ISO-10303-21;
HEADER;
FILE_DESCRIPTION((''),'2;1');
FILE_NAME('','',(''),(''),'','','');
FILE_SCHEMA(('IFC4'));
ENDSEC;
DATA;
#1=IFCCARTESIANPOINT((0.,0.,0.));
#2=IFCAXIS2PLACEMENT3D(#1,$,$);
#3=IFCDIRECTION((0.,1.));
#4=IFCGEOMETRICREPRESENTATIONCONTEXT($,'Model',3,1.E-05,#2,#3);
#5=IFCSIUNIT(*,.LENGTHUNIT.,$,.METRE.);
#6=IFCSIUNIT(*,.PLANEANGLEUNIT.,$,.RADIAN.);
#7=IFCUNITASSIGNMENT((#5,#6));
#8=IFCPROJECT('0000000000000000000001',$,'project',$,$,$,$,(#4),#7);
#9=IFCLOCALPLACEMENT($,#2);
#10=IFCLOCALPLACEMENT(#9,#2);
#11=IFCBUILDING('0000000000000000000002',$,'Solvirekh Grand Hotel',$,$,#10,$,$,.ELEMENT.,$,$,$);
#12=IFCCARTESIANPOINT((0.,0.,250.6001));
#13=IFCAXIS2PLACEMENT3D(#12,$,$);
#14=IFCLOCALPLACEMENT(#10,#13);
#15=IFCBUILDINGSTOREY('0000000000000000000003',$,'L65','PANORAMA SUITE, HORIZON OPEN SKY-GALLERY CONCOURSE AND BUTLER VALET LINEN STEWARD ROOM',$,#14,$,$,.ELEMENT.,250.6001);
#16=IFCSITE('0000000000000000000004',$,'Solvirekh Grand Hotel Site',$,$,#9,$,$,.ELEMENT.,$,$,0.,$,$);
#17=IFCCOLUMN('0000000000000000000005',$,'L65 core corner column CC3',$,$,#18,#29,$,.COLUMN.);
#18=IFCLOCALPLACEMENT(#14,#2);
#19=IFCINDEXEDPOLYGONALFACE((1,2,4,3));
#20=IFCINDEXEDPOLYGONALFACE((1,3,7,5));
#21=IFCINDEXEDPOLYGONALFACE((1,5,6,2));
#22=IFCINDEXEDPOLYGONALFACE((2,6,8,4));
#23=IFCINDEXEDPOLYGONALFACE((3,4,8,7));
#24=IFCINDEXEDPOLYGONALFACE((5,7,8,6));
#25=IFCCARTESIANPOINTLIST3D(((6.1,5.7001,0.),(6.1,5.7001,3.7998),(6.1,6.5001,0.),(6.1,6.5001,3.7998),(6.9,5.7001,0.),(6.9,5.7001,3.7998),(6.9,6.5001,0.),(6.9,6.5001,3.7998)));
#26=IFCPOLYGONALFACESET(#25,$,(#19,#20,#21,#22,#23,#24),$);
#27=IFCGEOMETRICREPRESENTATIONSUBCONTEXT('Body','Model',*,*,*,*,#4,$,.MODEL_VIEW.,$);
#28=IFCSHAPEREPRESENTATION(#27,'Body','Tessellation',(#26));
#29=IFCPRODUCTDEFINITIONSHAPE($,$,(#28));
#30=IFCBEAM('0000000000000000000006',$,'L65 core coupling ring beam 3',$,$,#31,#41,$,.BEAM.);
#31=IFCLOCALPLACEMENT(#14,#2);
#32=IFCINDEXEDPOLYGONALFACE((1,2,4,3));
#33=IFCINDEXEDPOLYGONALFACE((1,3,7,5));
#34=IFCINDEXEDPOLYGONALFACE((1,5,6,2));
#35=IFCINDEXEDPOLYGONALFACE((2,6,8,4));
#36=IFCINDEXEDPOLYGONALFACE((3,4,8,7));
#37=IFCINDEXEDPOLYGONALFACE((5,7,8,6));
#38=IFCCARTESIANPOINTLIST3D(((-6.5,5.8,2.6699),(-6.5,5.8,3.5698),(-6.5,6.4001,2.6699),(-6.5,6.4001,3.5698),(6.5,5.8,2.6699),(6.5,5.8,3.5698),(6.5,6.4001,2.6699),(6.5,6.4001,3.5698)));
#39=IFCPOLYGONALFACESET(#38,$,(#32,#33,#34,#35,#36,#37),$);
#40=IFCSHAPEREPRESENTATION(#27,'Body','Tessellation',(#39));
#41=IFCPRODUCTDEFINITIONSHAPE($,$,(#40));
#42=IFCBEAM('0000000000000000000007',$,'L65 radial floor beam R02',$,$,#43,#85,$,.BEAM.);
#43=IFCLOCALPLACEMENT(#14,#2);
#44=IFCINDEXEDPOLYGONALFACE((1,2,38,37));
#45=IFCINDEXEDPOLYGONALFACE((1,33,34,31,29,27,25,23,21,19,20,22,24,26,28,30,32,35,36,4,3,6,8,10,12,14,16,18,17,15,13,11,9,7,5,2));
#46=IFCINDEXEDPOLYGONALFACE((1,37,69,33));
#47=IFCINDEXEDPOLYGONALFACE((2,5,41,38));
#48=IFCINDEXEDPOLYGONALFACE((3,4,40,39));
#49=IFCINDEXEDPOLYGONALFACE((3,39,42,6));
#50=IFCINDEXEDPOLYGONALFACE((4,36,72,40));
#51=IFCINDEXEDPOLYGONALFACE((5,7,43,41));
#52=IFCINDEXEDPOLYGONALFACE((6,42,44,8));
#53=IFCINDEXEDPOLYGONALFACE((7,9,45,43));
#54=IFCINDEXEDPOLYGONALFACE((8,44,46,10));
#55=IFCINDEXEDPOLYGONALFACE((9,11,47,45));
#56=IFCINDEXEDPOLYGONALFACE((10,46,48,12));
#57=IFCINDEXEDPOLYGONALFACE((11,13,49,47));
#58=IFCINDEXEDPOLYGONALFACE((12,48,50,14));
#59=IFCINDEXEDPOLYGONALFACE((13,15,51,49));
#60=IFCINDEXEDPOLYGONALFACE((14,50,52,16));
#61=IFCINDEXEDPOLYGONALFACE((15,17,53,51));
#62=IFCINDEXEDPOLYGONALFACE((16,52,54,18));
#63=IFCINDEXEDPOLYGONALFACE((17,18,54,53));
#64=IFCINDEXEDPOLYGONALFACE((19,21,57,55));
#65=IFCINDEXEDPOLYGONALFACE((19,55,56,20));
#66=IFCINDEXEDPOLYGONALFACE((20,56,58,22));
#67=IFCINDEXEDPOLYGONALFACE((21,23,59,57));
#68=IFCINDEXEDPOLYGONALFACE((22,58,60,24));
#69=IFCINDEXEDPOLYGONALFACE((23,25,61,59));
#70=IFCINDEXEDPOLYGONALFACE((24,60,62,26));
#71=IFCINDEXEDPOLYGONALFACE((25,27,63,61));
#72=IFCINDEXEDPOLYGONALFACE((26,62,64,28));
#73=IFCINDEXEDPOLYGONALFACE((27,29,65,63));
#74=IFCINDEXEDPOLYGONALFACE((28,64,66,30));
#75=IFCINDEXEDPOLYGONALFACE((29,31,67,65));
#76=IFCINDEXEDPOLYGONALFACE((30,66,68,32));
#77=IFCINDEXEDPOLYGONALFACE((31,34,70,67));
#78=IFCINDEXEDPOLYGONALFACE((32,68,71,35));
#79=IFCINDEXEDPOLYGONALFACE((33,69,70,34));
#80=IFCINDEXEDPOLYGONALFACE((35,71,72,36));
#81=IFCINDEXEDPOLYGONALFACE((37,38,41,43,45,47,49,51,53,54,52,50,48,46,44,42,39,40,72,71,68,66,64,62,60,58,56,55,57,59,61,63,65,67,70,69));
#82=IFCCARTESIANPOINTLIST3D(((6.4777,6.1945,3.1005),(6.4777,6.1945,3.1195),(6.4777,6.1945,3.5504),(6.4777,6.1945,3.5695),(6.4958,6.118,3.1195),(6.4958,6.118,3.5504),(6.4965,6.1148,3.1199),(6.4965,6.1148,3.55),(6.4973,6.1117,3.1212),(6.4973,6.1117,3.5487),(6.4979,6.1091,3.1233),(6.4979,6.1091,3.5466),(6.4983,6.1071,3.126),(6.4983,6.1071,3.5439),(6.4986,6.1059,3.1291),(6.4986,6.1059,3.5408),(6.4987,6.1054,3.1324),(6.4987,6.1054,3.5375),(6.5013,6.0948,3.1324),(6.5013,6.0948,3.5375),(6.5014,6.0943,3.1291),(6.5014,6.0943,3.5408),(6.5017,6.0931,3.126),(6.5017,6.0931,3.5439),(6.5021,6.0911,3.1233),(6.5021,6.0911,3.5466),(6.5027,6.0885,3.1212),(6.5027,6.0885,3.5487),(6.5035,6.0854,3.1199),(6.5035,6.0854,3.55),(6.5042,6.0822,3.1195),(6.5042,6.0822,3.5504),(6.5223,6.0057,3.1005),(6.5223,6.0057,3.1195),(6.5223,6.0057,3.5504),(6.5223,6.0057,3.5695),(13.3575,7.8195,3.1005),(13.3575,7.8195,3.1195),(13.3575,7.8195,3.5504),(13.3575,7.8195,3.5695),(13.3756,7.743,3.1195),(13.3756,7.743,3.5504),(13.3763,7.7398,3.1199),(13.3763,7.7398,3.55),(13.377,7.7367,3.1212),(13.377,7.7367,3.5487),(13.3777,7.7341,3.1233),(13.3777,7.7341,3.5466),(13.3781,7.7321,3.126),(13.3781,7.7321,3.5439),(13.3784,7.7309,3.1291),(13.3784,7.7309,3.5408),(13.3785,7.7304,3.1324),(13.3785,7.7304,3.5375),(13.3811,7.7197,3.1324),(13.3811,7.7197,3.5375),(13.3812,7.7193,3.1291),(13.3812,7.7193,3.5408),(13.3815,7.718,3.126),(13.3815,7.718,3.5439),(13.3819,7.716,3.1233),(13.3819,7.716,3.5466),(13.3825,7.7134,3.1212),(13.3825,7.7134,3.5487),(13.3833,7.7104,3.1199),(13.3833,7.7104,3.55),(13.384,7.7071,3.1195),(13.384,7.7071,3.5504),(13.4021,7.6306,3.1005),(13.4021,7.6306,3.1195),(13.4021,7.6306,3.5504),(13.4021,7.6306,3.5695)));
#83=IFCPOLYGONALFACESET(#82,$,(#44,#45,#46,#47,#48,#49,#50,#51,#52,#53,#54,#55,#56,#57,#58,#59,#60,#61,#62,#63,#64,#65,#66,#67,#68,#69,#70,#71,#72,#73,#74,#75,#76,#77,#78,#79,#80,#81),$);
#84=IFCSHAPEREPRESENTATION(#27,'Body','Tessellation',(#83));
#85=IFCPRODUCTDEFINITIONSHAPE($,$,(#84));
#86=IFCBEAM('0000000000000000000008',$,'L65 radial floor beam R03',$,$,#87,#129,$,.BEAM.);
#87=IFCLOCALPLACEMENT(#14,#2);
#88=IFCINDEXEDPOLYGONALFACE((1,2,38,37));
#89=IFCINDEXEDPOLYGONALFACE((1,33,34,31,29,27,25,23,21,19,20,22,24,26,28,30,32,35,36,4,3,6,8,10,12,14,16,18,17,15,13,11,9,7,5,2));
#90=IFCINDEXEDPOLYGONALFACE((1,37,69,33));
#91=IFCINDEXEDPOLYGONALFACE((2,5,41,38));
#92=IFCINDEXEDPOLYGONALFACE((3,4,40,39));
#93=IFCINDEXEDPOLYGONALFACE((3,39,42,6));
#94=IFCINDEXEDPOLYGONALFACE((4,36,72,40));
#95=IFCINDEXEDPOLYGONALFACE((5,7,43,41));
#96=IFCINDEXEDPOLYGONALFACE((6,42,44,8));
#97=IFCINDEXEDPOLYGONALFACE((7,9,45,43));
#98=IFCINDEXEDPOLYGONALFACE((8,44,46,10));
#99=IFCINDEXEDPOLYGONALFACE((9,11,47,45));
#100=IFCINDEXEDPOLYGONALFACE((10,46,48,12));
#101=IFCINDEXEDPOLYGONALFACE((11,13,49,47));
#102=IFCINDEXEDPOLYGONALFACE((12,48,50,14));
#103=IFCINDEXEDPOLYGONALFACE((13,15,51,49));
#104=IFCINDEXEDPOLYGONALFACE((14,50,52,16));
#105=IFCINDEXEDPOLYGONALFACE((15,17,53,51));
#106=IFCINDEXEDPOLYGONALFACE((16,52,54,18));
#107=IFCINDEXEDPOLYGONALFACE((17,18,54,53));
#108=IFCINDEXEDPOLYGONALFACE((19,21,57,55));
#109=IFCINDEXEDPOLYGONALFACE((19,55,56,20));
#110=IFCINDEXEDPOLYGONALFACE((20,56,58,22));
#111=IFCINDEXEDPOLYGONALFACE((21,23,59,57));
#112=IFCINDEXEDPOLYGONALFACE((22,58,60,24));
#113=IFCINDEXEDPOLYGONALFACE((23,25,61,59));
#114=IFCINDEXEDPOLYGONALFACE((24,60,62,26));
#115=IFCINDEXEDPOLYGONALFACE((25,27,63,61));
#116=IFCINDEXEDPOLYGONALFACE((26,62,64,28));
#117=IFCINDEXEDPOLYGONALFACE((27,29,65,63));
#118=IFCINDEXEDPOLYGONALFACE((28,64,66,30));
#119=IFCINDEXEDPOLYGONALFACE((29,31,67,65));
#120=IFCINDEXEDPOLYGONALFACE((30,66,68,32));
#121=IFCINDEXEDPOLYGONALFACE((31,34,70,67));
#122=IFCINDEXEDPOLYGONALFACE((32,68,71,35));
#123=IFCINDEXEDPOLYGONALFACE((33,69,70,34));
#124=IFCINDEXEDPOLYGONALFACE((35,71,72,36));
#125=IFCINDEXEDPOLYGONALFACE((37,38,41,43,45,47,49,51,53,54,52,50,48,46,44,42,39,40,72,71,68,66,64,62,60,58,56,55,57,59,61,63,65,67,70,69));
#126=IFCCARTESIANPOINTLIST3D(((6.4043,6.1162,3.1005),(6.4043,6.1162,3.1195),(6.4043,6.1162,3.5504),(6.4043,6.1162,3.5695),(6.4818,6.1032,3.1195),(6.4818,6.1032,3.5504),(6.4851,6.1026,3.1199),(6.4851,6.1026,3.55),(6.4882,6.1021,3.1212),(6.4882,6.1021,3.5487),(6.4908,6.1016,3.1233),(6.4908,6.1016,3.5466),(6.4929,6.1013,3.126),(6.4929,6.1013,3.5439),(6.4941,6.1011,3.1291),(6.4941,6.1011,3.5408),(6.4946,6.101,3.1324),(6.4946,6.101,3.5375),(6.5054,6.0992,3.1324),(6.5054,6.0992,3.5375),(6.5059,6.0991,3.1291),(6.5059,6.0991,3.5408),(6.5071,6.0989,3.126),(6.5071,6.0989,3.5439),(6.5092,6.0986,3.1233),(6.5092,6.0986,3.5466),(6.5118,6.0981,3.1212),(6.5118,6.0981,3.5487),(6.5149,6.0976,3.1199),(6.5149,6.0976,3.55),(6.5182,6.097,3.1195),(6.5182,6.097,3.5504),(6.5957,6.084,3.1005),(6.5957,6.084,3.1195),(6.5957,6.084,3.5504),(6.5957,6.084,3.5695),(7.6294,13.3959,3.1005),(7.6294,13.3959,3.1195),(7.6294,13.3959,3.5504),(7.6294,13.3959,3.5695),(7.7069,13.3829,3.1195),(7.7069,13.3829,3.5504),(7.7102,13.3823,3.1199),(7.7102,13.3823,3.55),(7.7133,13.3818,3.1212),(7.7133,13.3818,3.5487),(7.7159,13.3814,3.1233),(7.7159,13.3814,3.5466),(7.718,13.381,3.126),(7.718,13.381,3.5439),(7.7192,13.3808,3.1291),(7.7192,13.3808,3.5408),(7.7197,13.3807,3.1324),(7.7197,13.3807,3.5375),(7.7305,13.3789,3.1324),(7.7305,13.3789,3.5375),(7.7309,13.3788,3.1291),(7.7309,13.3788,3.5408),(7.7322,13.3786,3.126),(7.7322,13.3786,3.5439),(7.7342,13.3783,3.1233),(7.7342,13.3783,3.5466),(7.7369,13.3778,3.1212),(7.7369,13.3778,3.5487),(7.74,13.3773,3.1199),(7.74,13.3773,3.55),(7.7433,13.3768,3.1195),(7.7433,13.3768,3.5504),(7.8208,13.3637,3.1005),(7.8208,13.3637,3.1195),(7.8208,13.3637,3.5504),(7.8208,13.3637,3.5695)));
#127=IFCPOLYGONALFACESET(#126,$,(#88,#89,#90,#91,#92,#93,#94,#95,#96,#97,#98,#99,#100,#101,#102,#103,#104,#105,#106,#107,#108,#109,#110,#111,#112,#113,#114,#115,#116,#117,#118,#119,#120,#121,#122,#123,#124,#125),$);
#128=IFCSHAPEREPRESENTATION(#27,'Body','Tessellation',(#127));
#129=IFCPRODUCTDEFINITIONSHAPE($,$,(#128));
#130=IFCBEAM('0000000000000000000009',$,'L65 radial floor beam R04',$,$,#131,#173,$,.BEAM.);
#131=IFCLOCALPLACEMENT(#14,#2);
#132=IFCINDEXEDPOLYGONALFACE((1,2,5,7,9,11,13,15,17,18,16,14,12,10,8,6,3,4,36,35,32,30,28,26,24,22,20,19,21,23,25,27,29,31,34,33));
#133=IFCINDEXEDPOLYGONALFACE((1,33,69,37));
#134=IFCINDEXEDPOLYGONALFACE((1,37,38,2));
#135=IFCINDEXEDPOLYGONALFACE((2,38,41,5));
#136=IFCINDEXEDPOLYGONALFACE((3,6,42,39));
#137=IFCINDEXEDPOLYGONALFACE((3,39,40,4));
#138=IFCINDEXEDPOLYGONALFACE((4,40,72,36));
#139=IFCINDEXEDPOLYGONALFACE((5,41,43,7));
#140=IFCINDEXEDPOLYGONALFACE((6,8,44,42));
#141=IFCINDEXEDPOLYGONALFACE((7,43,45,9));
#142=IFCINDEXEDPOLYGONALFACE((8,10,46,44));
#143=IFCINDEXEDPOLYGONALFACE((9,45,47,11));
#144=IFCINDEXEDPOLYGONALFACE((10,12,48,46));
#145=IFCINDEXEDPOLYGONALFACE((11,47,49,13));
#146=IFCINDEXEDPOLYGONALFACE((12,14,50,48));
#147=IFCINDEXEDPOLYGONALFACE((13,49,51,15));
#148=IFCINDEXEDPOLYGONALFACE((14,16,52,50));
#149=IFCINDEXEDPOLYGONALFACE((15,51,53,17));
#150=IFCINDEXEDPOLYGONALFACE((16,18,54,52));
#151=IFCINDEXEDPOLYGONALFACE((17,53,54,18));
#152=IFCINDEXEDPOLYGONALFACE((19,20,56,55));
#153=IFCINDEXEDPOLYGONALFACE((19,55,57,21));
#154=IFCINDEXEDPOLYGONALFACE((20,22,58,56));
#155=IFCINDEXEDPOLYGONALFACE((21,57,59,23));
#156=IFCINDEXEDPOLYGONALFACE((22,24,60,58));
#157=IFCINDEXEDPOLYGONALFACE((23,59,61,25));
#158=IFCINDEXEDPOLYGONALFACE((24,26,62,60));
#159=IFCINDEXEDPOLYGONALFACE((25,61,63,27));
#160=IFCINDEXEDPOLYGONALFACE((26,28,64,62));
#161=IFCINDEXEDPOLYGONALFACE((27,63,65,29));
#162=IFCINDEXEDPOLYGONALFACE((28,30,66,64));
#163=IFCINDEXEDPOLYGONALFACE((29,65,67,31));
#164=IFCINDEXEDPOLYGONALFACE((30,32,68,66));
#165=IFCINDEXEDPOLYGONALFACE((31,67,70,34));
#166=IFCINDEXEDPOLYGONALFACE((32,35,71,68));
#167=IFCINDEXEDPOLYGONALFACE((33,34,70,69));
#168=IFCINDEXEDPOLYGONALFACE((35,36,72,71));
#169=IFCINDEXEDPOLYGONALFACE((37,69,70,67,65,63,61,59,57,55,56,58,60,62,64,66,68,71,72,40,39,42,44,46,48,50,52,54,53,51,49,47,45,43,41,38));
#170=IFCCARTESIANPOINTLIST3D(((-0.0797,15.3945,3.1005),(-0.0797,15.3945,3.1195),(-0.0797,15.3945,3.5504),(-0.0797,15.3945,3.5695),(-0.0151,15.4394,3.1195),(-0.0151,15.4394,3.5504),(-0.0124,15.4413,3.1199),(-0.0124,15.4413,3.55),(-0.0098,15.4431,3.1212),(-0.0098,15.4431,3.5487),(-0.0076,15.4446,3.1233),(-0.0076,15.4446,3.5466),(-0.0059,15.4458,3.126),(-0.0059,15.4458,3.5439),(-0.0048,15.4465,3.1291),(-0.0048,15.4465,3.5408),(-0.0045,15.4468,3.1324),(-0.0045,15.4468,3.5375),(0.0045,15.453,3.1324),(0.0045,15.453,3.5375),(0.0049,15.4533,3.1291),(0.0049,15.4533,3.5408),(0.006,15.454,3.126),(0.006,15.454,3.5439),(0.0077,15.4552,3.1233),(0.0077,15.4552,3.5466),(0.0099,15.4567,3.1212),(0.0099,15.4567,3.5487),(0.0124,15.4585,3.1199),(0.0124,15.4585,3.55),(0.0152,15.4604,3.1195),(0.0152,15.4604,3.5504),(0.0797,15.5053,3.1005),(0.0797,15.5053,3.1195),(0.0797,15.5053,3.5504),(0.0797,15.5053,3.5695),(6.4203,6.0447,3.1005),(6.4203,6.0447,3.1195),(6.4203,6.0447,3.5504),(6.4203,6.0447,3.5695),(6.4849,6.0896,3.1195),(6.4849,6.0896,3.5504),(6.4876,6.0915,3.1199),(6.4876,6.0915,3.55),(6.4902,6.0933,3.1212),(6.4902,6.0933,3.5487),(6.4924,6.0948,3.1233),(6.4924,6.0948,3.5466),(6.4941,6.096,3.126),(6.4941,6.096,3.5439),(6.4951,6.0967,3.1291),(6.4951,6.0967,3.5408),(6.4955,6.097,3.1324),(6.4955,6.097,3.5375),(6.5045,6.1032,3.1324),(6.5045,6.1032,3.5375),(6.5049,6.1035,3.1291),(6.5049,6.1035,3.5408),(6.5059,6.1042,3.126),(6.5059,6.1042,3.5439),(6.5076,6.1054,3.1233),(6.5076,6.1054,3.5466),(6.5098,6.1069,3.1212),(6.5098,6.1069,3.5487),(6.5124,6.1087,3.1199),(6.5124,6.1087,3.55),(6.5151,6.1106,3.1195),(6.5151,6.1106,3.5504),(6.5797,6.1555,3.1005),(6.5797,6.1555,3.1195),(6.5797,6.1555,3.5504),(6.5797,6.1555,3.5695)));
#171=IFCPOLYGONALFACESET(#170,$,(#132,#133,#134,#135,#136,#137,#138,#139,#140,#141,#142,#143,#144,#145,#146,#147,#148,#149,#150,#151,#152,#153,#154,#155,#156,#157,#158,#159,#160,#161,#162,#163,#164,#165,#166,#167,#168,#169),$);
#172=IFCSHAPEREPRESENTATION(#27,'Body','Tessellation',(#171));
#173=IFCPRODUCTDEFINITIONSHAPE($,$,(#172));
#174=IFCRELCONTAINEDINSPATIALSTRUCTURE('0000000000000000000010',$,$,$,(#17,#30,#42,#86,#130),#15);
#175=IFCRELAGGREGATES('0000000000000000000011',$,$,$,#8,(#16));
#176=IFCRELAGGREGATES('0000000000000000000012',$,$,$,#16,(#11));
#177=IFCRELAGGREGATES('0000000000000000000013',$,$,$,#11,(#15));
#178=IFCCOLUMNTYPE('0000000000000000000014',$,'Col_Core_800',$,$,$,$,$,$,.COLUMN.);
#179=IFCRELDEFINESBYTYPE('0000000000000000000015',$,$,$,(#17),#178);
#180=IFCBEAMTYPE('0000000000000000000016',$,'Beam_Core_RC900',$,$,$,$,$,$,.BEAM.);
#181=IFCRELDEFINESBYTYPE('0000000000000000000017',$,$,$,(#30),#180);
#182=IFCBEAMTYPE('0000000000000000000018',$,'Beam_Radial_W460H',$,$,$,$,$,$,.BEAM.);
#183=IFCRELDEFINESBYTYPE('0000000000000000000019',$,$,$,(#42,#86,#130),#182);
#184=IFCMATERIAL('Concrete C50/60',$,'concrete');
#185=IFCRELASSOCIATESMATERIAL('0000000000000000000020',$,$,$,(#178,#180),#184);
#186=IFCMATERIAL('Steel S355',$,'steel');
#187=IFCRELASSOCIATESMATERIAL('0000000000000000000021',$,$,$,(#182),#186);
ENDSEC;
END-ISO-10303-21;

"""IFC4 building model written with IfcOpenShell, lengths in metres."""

from ifc_helpers import new_model, si_unit, direction, frame, origin, origin_2d, place, context, subcontext, project, spatial, rectangle, i_section, extrude, material, material_profile, profile_set, type_object, element, save


model = new_model("IFC4")

# Units and contexts
model_context = context("Model", 3, precision=1e-05, world=origin(), true_north=direction((0.0, 1.0)))
body_context = subcontext(model_context, "Body", "Model", "MODEL_VIEW")
ifc_project = project(units=[si_unit("LENGTHUNIT", "METRE"), si_unit("PLANEANGLEUNIT", "RADIAN")], contexts=[model_context])

# Site, building, storey
site_placement = place(None, origin())
site = spatial("IfcSite", under=ifc_project, at=site_placement, Name="Solvirekh Grand Hotel Site", CompositionType="ELEMENT", RefElevation=0.0)
building_placement = place(site_placement, origin())
building = spatial("IfcBuilding", under=site, at=building_placement, Name="Solvirekh Grand Hotel", CompositionType="ELEMENT")
storey_placement = place(building_placement, frame((0.0, 0.0, 250.6001)))
storey = spatial("IfcBuildingStorey", under=building, at=storey_placement, Name="L65", Description="PANORAMA SUITE, HORIZON OPEN SKY-GALLERY CONCOURSE AND BUTLER VALET LINEN STEWARD ROOM", CompositionType="ELEMENT", Elevation=250.6001)

# Column
ifc_material_1 = material(Name="Concrete C50/60", Category="concrete")
ifc_material_profile_1 = material_profile(ifc_material_1, rectangle(XDim=0.8, YDim=0.8, at=origin_2d()), Name="RC 800X800")
ifc_profile_set_1 = profile_set([ifc_material_profile_1], Name="Concrete C50/60")
column_type = type_object("IfcColumnType", Name="Col_Core_800", PredefinedType="COLUMN", material=ifc_profile_set_1)
column_placement = place(storey_placement, frame((6.5, 6.1001, 0.0), z_axis=(0.0, 0.0, 1.0), x_axis=(1.0, 0.0, 0.0)))
element("IfcColumn", 1, at=column_placement, inside=storey, type_object=column_type, Name="L65 core corner column CC3", PredefinedType="COLUMN", context=body_context, shape_type="SweptSolid", body=[
    extrude(rectangle(XDim=0.8, YDim=0.8, at=origin_2d()), origin(), (0.0, 0.0, 1.0), 3.7998),
])

# Beams
ifc_material_profile_2 = material_profile(ifc_material_1, rectangle(XDim=0.6001, YDim=0.8999, at=origin_2d()), Name="RC BEAM 600X900")
ifc_profile_set_2 = profile_set([ifc_material_profile_2], Name="Concrete C50/60")
beam_type_1 = type_object("IfcBeamType", Name="Beam_Core_RC900", PredefinedType="BEAM", material=ifc_profile_set_2)
beam_1_placement = place(storey_placement, frame((6.5, 6.1001, 3.1199), z_axis=(-1.0, 0.0, 0.0), x_axis=(0.0, -1.0, 0.0)))
element("IfcBeam", 2, at=beam_1_placement, inside=storey, type_object=beam_type_1, Name="L65 core coupling ring beam 3", PredefinedType="BEAM", context=body_context, shape_type="SweptSolid", body=[
    extrude(rectangle(XDim=0.6001, YDim=0.8999, at=origin_2d()), origin(), (0.0, 0.0, 1.0), 13.0),
])
ifc_material_2 = material(Name="Steel S355", Category="steel")
ifc_material_profile_3 = material_profile(ifc_material_2, i_section(OverallWidth=0.1941, OverallDepth=0.469, WebThickness=0.011, FlangeThickness=0.019, FilletRadius=0.0129, at=origin_2d()), Name="W460X106")
ifc_profile_set_3 = profile_set([ifc_material_profile_3], Name="Steel S355")
beam_type_2 = type_object("IfcBeamType", Name="Beam_Radial_W460H", PredefinedType="BEAM", material=ifc_profile_set_3)
beam_2_placement = place(storey_placement, frame((6.5, 6.1001, 3.335), z_axis=(0.973221, 0.229871, 0.0), x_axis=(-0.229871, 0.973221, 0.0)))
element("IfcBeam", 3, at=beam_2_placement, inside=storey, type_object=beam_type_2, Name="L65 radial floor beam R02", PredefinedType="BEAM", context=body_context, shape_type="SweptSolid", body=[
    extrude(i_section(OverallWidth=0.1941, OverallDepth=0.469, WebThickness=0.011, FlangeThickness=0.019, FilletRadius=0.0129, at=origin_2d()), origin(), (0.0, 0.0, 1.0), 7.0691),
])
beam_3_placement = place(storey_placement, frame((6.5, 6.1001, 3.335), z_axis=(0.165954, 0.986133, 0.0), x_axis=(-0.986133, 0.165954, 0.0)))
element("IfcBeam", 4, at=beam_3_placement, inside=storey, type_object=beam_type_2, Name="L65 radial floor beam R03", PredefinedType="BEAM", context=body_context, shape_type="SweptSolid", body=[
    extrude(i_section(OverallWidth=0.1941, OverallDepth=0.469, WebThickness=0.011, FlangeThickness=0.019, FilletRadius=0.0129, at=origin_2d()), origin(), (0.0, 0.0, 1.0), 7.3821),
])
beam_4_placement = place(storey_placement, frame((6.5, 6.1001, 3.335), z_axis=(-0.570813, 0.82108, 0.0), x_axis=(-0.82108, -0.570813, 0.0)))
element("IfcBeam", 5, at=beam_4_placement, inside=storey, type_object=beam_type_2, Name="L65 radial floor beam R04", PredefinedType="BEAM", context=body_context, shape_type="SweptSolid", body=[
    extrude(i_section(OverallWidth=0.1941, OverallDepth=0.469, WebThickness=0.011, FlangeThickness=0.019, FilletRadius=0.0129, at=origin_2d()), origin(), (0.0, 0.0, 1.0), 11.3872),
])

save(model, "model.ifc")
